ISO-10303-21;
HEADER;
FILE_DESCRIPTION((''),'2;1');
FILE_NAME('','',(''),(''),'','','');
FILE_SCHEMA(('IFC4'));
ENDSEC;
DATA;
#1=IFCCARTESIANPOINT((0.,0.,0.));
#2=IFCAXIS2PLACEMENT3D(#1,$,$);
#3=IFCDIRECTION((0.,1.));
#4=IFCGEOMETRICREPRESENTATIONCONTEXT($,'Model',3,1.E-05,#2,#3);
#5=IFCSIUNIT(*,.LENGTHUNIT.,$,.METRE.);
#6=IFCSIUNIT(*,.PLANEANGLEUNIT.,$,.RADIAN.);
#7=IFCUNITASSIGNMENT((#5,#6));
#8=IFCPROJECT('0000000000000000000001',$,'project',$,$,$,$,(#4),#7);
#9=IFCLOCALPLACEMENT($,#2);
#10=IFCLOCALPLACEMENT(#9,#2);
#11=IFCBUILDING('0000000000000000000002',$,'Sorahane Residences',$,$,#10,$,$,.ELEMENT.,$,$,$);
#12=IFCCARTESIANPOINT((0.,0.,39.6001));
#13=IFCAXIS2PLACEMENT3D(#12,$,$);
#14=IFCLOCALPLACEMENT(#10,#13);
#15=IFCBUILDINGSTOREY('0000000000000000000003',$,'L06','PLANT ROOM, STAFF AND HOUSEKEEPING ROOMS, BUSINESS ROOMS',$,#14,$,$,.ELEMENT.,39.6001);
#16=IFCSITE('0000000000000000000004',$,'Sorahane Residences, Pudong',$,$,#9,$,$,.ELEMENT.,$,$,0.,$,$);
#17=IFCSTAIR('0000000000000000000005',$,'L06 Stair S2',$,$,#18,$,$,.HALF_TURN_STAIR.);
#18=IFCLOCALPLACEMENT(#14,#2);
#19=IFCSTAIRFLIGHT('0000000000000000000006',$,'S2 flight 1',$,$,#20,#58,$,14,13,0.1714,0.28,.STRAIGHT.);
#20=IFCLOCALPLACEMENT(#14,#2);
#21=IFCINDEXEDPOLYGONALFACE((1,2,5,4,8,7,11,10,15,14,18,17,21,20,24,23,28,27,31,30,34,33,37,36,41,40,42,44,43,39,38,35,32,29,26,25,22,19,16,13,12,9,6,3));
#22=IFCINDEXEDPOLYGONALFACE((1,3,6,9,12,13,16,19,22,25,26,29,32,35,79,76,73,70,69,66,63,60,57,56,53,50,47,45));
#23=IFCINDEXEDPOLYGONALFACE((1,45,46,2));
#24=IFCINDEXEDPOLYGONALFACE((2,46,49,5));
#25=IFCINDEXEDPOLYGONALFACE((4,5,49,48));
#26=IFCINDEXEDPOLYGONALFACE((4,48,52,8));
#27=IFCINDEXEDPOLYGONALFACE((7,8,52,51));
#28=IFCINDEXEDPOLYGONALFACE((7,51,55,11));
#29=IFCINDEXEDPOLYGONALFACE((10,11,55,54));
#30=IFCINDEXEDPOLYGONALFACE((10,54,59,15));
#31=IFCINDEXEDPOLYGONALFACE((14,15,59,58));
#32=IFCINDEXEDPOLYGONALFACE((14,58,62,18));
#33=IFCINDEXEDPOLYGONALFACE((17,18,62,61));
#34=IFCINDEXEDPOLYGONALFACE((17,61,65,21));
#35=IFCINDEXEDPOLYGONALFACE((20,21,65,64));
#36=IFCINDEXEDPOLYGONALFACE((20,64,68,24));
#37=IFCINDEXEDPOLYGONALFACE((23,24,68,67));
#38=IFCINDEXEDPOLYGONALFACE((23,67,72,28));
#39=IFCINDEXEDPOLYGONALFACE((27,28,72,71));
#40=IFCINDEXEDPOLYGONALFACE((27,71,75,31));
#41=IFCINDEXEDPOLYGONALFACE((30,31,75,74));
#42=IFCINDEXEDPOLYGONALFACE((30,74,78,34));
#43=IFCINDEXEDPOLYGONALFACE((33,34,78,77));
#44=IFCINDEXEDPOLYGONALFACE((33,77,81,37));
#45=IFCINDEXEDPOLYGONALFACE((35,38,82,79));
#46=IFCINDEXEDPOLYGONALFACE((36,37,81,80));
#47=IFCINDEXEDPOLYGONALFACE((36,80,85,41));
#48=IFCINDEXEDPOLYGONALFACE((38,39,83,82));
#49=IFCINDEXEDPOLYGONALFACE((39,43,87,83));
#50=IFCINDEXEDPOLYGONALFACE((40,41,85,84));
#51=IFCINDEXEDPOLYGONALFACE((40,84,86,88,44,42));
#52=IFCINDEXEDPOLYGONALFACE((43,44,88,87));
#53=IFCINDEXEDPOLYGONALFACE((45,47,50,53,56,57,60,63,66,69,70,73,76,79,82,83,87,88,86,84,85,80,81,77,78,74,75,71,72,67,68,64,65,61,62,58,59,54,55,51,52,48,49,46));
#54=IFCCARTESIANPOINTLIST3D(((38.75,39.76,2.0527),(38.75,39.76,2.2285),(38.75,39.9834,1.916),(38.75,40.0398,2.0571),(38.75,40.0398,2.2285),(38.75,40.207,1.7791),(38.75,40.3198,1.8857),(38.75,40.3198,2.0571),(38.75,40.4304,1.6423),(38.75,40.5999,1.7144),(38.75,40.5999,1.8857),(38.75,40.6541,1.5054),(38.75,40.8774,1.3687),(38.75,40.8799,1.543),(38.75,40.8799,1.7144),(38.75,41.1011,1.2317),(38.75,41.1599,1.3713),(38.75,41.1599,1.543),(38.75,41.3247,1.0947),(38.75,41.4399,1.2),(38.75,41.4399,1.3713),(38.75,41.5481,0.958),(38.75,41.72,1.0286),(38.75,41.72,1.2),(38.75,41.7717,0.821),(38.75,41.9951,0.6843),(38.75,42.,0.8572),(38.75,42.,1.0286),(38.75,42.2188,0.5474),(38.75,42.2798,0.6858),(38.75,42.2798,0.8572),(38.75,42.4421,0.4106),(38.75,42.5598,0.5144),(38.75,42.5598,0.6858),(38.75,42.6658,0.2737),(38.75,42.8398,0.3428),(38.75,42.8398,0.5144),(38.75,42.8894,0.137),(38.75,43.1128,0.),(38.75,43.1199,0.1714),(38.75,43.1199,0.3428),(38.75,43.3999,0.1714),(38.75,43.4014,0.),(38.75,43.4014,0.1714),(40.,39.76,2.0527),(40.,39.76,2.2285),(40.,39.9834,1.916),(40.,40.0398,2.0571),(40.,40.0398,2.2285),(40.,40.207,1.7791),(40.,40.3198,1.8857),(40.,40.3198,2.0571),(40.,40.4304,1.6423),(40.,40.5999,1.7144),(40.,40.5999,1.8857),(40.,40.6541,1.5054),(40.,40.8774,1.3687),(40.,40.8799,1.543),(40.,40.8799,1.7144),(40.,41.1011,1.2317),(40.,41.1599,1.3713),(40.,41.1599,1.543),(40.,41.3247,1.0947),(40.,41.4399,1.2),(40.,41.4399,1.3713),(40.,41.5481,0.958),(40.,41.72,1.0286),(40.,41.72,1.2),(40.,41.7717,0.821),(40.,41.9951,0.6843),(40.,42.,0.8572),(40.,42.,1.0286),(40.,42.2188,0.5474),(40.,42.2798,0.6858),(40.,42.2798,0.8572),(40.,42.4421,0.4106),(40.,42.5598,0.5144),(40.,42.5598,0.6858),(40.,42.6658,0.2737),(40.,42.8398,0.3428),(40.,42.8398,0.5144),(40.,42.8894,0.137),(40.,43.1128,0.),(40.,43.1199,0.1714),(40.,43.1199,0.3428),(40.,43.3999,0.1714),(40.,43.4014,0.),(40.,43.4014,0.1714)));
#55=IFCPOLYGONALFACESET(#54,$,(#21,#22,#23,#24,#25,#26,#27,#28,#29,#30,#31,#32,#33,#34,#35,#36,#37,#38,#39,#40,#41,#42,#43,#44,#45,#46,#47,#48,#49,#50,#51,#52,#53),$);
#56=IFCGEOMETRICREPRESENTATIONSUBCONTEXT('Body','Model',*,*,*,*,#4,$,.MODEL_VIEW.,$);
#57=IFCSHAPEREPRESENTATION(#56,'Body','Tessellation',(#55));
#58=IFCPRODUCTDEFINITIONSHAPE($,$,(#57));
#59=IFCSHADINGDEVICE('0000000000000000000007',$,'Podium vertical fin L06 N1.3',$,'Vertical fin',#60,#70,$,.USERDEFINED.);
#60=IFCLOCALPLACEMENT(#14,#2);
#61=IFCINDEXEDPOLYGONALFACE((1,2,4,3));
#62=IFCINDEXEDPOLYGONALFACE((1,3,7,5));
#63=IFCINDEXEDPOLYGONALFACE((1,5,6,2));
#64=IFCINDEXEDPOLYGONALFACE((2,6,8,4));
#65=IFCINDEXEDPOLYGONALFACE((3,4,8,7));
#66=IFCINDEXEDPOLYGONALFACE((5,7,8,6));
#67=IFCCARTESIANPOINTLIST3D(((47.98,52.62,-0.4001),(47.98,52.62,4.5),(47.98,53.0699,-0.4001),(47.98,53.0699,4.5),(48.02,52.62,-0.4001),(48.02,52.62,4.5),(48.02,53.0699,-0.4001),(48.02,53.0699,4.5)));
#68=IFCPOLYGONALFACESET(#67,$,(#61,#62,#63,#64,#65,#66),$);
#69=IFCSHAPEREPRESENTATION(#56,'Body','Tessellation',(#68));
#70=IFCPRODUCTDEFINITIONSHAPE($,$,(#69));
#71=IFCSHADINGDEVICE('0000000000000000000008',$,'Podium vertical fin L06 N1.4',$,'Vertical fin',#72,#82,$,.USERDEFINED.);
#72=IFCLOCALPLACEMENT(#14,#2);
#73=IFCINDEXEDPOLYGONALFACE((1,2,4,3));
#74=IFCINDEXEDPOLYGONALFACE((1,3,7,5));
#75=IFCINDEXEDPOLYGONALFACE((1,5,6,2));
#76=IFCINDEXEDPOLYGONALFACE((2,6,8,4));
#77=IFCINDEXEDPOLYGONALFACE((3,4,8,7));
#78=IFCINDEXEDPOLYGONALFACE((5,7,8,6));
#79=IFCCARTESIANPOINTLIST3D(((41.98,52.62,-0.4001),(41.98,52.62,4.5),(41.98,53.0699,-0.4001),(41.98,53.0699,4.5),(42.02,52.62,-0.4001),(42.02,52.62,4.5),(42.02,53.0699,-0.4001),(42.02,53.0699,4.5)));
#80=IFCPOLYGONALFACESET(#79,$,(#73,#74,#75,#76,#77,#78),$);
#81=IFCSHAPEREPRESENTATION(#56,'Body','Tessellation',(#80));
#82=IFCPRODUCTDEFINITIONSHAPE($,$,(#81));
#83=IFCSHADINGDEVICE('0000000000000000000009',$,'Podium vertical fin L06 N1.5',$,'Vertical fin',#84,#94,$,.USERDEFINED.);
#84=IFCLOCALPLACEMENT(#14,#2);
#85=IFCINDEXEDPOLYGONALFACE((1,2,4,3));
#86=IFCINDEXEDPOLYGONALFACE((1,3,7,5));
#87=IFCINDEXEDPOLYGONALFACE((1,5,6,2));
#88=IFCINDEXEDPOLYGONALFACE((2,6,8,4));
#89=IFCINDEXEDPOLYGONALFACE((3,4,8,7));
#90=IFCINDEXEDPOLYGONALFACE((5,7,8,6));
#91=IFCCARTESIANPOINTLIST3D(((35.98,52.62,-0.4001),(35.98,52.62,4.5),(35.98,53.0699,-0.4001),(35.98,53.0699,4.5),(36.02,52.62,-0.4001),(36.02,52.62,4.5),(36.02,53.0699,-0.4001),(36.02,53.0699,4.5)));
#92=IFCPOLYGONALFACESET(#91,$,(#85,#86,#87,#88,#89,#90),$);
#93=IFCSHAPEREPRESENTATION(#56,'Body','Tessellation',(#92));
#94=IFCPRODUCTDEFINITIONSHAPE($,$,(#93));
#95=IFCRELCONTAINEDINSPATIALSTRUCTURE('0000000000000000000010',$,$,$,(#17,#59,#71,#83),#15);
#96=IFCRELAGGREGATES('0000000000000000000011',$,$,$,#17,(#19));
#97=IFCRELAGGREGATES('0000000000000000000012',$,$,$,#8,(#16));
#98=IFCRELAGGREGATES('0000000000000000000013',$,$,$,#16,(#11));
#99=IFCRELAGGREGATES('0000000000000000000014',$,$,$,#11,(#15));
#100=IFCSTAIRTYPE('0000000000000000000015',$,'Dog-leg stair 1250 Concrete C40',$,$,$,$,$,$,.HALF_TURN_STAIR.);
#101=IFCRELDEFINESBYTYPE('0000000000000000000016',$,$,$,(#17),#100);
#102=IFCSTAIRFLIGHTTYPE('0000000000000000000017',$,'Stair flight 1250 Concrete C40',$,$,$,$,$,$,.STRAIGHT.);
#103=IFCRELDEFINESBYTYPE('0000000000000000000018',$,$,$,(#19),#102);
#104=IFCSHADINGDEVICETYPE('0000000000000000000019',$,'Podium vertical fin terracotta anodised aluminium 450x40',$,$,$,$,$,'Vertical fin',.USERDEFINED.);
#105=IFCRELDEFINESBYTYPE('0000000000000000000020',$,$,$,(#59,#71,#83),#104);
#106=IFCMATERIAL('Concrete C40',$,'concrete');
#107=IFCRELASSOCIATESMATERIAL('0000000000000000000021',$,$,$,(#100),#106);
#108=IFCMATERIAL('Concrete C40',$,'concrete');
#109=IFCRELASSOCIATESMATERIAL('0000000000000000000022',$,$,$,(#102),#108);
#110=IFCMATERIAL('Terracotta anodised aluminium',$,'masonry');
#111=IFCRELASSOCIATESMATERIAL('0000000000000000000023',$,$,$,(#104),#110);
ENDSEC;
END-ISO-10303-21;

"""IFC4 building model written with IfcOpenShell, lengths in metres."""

from ifc_helpers import new_model, si_unit, direction, frame, origin, origin_2d, place, context, subcontext, project, spatial, polyline, rectangle, outline, extrude, material, material_profile, profile_set, type_object, element, aggregate, save


model = new_model("IFC4")

# Units and contexts
model_context = context("Model", 3, precision=1e-05, world=origin(), true_north=direction((0.0, 1.0)))
body_context = subcontext(model_context, "Body", "Model", "MODEL_VIEW")
ifc_project = project(units=[si_unit("LENGTHUNIT", "METRE"), si_unit("PLANEANGLEUNIT", "RADIAN")], contexts=[model_context])

# Site, building, storey
site_placement = place(None, origin())
site = spatial("IfcSite", under=ifc_project, at=site_placement, Name="Sorahane Residences, Pudong", CompositionType="ELEMENT", RefElevation=0.0)
building_placement = place(site_placement, origin())
building = spatial("IfcBuilding", under=site, at=building_placement, Name="Sorahane Residences", CompositionType="ELEMENT")
storey_placement = place(building_placement, frame((0.0, 0.0, 39.6001)))
storey = spatial("IfcBuildingStorey", under=building, at=storey_placement, Name="L06", Description="PLANT ROOM, STAFF AND HOUSEKEEPING ROOMS, BUSINESS ROOMS", CompositionType="ELEMENT", Elevation=39.6001)

# Stair, stair flight
ifc_material_1 = material(Name="Concrete C40", Category="concrete")
stair_type = type_object("IfcStairType", Name="Dog-leg stair 1250 Concrete C40", PredefinedType="HALF_TURN_STAIR", material=ifc_material_1)
stair_placement = place(storey_placement, origin())
stair = element("IfcStair", 1, at=stair_placement, inside=storey, type_object=stair_type, Name="L06 Stair S2", PredefinedType="HALF_TURN_STAIR")
ifc_material_2 = material(Name="Concrete C40", Category="concrete")
stair_flight_type = type_object("IfcStairFlightType", Name="Stair flight 1250 Concrete C40", PredefinedType="STRAIGHT", material=ifc_material_2)
stair_flight_placement = place(storey_placement, frame((39.375, 43.3999, 0.0), z_axis=(0.0, 0.0, 1.0), x_axis=(0.0, -1.0, 0.0)))
stair_flight = element("IfcStairFlight", 2, at=stair_flight_placement, type_object=stair_flight_type, Name="S2 flight 1", NumberOfRisers=14, NumberOfTreads=13, PredefinedType="STRAIGHT", RiserHeight=0.1714, TreadLength=0.28, context=body_context, shape_type="SweptSolid", body=[
    extrude(outline(polyline([(-0.0015, 0.0), (-0.0015, 0.1714), (0.0, 0.1714), (0.28, 0.1714), (0.28, 0.3428), (0.5601, 0.3428), (0.5601, 0.5144), (0.8401, 0.5144), (0.8401, 0.6858), (1.1201, 0.6858), (1.1201, 0.8572), (1.3999, 0.8572), (1.3999, 1.0286), (1.6799, 1.0286), (1.6799, 1.2), (1.96, 1.2), (1.96, 1.3713), (2.24, 1.3713), (2.24, 1.543), (2.52, 1.543), (2.52, 1.7144), (2.8, 1.7144), (2.8, 1.8857), (3.0801, 1.8857), (3.0801, 2.0571), (3.3601, 2.0571), (3.3601, 2.2285), (3.6399, 2.2285), (3.6399, 2.3999), (3.6399, 2.0527), (3.4165, 1.916), (3.1929, 1.7791), (2.9695, 1.6423), (2.7458, 1.5054), (2.5225, 1.3687), (2.2988, 1.2317), (2.0752, 1.0947), (1.8518, 0.958), (1.6282, 0.821), (1.4048, 0.6843), (1.1812, 0.5474), (0.9578, 0.4106), (0.7341, 0.2737), (0.5105, 0.137), (0.2871, 0.0), (-0.0015, 0.0)])), frame((0.0, 0.625, 0.0), z_axis=(0.0, -1.0, 0.0), x_axis=(1.0, 0.0, 0.0)), (0.0, 0.0, 1.0), 1.25),
])
aggregate(stair, [stair_flight])

# Shading devices
ifc_material_3 = material(Name="Terracotta anodised aluminium", Category="masonry")
ifc_material_profile_1 = material_profile(ifc_material_3, rectangle(XDim=0.45, YDim=0.04, at=origin_2d()), Name="Podium vertical fin terracotta anodised aluminium 450x40")
ifc_profile_set_1 = profile_set([ifc_material_profile_1], Name="Terracotta anodised aluminium")
shading_device_type = type_object("IfcShadingDeviceType", Name="Podium vertical fin terracotta anodised aluminium 450x40", ElementType="Vertical fin", PredefinedType="USERDEFINED", material=ifc_profile_set_1)
for number, where, z_axis, x_axis, name in (
    (3, (48.0, 52.845, -0.4001), (0.0, 0.0, 1.0), (0.0, 1.0, 0.0), "Podium vertical fin L06 N1.3"),
    (4, (42.0, 52.845, -0.4001), (0.0, 0.0, 1.0), (0.0, 1.0, 0.0), "Podium vertical fin L06 N1.4"),
    (5, (36.0, 52.845, -0.4001), (0.0, 0.0, 1.0), (0.0, 1.0, 0.0), "Podium vertical fin L06 N1.5"),
):
    element("IfcShadingDevice", number, at=place(storey_placement, frame(where, z_axis=z_axis, x_axis=x_axis)), inside=storey, type_object=shading_device_type, Name=name, ObjectType="Vertical fin", PredefinedType="USERDEFINED", context=body_context, shape_type="SweptSolid", body=[
        extrude(rectangle(XDim=0.45, YDim=0.04, at=origin_2d()), origin(), (0.0, 0.0, 1.0), 4.9001),
    ])

save(model, "model.ifc")
